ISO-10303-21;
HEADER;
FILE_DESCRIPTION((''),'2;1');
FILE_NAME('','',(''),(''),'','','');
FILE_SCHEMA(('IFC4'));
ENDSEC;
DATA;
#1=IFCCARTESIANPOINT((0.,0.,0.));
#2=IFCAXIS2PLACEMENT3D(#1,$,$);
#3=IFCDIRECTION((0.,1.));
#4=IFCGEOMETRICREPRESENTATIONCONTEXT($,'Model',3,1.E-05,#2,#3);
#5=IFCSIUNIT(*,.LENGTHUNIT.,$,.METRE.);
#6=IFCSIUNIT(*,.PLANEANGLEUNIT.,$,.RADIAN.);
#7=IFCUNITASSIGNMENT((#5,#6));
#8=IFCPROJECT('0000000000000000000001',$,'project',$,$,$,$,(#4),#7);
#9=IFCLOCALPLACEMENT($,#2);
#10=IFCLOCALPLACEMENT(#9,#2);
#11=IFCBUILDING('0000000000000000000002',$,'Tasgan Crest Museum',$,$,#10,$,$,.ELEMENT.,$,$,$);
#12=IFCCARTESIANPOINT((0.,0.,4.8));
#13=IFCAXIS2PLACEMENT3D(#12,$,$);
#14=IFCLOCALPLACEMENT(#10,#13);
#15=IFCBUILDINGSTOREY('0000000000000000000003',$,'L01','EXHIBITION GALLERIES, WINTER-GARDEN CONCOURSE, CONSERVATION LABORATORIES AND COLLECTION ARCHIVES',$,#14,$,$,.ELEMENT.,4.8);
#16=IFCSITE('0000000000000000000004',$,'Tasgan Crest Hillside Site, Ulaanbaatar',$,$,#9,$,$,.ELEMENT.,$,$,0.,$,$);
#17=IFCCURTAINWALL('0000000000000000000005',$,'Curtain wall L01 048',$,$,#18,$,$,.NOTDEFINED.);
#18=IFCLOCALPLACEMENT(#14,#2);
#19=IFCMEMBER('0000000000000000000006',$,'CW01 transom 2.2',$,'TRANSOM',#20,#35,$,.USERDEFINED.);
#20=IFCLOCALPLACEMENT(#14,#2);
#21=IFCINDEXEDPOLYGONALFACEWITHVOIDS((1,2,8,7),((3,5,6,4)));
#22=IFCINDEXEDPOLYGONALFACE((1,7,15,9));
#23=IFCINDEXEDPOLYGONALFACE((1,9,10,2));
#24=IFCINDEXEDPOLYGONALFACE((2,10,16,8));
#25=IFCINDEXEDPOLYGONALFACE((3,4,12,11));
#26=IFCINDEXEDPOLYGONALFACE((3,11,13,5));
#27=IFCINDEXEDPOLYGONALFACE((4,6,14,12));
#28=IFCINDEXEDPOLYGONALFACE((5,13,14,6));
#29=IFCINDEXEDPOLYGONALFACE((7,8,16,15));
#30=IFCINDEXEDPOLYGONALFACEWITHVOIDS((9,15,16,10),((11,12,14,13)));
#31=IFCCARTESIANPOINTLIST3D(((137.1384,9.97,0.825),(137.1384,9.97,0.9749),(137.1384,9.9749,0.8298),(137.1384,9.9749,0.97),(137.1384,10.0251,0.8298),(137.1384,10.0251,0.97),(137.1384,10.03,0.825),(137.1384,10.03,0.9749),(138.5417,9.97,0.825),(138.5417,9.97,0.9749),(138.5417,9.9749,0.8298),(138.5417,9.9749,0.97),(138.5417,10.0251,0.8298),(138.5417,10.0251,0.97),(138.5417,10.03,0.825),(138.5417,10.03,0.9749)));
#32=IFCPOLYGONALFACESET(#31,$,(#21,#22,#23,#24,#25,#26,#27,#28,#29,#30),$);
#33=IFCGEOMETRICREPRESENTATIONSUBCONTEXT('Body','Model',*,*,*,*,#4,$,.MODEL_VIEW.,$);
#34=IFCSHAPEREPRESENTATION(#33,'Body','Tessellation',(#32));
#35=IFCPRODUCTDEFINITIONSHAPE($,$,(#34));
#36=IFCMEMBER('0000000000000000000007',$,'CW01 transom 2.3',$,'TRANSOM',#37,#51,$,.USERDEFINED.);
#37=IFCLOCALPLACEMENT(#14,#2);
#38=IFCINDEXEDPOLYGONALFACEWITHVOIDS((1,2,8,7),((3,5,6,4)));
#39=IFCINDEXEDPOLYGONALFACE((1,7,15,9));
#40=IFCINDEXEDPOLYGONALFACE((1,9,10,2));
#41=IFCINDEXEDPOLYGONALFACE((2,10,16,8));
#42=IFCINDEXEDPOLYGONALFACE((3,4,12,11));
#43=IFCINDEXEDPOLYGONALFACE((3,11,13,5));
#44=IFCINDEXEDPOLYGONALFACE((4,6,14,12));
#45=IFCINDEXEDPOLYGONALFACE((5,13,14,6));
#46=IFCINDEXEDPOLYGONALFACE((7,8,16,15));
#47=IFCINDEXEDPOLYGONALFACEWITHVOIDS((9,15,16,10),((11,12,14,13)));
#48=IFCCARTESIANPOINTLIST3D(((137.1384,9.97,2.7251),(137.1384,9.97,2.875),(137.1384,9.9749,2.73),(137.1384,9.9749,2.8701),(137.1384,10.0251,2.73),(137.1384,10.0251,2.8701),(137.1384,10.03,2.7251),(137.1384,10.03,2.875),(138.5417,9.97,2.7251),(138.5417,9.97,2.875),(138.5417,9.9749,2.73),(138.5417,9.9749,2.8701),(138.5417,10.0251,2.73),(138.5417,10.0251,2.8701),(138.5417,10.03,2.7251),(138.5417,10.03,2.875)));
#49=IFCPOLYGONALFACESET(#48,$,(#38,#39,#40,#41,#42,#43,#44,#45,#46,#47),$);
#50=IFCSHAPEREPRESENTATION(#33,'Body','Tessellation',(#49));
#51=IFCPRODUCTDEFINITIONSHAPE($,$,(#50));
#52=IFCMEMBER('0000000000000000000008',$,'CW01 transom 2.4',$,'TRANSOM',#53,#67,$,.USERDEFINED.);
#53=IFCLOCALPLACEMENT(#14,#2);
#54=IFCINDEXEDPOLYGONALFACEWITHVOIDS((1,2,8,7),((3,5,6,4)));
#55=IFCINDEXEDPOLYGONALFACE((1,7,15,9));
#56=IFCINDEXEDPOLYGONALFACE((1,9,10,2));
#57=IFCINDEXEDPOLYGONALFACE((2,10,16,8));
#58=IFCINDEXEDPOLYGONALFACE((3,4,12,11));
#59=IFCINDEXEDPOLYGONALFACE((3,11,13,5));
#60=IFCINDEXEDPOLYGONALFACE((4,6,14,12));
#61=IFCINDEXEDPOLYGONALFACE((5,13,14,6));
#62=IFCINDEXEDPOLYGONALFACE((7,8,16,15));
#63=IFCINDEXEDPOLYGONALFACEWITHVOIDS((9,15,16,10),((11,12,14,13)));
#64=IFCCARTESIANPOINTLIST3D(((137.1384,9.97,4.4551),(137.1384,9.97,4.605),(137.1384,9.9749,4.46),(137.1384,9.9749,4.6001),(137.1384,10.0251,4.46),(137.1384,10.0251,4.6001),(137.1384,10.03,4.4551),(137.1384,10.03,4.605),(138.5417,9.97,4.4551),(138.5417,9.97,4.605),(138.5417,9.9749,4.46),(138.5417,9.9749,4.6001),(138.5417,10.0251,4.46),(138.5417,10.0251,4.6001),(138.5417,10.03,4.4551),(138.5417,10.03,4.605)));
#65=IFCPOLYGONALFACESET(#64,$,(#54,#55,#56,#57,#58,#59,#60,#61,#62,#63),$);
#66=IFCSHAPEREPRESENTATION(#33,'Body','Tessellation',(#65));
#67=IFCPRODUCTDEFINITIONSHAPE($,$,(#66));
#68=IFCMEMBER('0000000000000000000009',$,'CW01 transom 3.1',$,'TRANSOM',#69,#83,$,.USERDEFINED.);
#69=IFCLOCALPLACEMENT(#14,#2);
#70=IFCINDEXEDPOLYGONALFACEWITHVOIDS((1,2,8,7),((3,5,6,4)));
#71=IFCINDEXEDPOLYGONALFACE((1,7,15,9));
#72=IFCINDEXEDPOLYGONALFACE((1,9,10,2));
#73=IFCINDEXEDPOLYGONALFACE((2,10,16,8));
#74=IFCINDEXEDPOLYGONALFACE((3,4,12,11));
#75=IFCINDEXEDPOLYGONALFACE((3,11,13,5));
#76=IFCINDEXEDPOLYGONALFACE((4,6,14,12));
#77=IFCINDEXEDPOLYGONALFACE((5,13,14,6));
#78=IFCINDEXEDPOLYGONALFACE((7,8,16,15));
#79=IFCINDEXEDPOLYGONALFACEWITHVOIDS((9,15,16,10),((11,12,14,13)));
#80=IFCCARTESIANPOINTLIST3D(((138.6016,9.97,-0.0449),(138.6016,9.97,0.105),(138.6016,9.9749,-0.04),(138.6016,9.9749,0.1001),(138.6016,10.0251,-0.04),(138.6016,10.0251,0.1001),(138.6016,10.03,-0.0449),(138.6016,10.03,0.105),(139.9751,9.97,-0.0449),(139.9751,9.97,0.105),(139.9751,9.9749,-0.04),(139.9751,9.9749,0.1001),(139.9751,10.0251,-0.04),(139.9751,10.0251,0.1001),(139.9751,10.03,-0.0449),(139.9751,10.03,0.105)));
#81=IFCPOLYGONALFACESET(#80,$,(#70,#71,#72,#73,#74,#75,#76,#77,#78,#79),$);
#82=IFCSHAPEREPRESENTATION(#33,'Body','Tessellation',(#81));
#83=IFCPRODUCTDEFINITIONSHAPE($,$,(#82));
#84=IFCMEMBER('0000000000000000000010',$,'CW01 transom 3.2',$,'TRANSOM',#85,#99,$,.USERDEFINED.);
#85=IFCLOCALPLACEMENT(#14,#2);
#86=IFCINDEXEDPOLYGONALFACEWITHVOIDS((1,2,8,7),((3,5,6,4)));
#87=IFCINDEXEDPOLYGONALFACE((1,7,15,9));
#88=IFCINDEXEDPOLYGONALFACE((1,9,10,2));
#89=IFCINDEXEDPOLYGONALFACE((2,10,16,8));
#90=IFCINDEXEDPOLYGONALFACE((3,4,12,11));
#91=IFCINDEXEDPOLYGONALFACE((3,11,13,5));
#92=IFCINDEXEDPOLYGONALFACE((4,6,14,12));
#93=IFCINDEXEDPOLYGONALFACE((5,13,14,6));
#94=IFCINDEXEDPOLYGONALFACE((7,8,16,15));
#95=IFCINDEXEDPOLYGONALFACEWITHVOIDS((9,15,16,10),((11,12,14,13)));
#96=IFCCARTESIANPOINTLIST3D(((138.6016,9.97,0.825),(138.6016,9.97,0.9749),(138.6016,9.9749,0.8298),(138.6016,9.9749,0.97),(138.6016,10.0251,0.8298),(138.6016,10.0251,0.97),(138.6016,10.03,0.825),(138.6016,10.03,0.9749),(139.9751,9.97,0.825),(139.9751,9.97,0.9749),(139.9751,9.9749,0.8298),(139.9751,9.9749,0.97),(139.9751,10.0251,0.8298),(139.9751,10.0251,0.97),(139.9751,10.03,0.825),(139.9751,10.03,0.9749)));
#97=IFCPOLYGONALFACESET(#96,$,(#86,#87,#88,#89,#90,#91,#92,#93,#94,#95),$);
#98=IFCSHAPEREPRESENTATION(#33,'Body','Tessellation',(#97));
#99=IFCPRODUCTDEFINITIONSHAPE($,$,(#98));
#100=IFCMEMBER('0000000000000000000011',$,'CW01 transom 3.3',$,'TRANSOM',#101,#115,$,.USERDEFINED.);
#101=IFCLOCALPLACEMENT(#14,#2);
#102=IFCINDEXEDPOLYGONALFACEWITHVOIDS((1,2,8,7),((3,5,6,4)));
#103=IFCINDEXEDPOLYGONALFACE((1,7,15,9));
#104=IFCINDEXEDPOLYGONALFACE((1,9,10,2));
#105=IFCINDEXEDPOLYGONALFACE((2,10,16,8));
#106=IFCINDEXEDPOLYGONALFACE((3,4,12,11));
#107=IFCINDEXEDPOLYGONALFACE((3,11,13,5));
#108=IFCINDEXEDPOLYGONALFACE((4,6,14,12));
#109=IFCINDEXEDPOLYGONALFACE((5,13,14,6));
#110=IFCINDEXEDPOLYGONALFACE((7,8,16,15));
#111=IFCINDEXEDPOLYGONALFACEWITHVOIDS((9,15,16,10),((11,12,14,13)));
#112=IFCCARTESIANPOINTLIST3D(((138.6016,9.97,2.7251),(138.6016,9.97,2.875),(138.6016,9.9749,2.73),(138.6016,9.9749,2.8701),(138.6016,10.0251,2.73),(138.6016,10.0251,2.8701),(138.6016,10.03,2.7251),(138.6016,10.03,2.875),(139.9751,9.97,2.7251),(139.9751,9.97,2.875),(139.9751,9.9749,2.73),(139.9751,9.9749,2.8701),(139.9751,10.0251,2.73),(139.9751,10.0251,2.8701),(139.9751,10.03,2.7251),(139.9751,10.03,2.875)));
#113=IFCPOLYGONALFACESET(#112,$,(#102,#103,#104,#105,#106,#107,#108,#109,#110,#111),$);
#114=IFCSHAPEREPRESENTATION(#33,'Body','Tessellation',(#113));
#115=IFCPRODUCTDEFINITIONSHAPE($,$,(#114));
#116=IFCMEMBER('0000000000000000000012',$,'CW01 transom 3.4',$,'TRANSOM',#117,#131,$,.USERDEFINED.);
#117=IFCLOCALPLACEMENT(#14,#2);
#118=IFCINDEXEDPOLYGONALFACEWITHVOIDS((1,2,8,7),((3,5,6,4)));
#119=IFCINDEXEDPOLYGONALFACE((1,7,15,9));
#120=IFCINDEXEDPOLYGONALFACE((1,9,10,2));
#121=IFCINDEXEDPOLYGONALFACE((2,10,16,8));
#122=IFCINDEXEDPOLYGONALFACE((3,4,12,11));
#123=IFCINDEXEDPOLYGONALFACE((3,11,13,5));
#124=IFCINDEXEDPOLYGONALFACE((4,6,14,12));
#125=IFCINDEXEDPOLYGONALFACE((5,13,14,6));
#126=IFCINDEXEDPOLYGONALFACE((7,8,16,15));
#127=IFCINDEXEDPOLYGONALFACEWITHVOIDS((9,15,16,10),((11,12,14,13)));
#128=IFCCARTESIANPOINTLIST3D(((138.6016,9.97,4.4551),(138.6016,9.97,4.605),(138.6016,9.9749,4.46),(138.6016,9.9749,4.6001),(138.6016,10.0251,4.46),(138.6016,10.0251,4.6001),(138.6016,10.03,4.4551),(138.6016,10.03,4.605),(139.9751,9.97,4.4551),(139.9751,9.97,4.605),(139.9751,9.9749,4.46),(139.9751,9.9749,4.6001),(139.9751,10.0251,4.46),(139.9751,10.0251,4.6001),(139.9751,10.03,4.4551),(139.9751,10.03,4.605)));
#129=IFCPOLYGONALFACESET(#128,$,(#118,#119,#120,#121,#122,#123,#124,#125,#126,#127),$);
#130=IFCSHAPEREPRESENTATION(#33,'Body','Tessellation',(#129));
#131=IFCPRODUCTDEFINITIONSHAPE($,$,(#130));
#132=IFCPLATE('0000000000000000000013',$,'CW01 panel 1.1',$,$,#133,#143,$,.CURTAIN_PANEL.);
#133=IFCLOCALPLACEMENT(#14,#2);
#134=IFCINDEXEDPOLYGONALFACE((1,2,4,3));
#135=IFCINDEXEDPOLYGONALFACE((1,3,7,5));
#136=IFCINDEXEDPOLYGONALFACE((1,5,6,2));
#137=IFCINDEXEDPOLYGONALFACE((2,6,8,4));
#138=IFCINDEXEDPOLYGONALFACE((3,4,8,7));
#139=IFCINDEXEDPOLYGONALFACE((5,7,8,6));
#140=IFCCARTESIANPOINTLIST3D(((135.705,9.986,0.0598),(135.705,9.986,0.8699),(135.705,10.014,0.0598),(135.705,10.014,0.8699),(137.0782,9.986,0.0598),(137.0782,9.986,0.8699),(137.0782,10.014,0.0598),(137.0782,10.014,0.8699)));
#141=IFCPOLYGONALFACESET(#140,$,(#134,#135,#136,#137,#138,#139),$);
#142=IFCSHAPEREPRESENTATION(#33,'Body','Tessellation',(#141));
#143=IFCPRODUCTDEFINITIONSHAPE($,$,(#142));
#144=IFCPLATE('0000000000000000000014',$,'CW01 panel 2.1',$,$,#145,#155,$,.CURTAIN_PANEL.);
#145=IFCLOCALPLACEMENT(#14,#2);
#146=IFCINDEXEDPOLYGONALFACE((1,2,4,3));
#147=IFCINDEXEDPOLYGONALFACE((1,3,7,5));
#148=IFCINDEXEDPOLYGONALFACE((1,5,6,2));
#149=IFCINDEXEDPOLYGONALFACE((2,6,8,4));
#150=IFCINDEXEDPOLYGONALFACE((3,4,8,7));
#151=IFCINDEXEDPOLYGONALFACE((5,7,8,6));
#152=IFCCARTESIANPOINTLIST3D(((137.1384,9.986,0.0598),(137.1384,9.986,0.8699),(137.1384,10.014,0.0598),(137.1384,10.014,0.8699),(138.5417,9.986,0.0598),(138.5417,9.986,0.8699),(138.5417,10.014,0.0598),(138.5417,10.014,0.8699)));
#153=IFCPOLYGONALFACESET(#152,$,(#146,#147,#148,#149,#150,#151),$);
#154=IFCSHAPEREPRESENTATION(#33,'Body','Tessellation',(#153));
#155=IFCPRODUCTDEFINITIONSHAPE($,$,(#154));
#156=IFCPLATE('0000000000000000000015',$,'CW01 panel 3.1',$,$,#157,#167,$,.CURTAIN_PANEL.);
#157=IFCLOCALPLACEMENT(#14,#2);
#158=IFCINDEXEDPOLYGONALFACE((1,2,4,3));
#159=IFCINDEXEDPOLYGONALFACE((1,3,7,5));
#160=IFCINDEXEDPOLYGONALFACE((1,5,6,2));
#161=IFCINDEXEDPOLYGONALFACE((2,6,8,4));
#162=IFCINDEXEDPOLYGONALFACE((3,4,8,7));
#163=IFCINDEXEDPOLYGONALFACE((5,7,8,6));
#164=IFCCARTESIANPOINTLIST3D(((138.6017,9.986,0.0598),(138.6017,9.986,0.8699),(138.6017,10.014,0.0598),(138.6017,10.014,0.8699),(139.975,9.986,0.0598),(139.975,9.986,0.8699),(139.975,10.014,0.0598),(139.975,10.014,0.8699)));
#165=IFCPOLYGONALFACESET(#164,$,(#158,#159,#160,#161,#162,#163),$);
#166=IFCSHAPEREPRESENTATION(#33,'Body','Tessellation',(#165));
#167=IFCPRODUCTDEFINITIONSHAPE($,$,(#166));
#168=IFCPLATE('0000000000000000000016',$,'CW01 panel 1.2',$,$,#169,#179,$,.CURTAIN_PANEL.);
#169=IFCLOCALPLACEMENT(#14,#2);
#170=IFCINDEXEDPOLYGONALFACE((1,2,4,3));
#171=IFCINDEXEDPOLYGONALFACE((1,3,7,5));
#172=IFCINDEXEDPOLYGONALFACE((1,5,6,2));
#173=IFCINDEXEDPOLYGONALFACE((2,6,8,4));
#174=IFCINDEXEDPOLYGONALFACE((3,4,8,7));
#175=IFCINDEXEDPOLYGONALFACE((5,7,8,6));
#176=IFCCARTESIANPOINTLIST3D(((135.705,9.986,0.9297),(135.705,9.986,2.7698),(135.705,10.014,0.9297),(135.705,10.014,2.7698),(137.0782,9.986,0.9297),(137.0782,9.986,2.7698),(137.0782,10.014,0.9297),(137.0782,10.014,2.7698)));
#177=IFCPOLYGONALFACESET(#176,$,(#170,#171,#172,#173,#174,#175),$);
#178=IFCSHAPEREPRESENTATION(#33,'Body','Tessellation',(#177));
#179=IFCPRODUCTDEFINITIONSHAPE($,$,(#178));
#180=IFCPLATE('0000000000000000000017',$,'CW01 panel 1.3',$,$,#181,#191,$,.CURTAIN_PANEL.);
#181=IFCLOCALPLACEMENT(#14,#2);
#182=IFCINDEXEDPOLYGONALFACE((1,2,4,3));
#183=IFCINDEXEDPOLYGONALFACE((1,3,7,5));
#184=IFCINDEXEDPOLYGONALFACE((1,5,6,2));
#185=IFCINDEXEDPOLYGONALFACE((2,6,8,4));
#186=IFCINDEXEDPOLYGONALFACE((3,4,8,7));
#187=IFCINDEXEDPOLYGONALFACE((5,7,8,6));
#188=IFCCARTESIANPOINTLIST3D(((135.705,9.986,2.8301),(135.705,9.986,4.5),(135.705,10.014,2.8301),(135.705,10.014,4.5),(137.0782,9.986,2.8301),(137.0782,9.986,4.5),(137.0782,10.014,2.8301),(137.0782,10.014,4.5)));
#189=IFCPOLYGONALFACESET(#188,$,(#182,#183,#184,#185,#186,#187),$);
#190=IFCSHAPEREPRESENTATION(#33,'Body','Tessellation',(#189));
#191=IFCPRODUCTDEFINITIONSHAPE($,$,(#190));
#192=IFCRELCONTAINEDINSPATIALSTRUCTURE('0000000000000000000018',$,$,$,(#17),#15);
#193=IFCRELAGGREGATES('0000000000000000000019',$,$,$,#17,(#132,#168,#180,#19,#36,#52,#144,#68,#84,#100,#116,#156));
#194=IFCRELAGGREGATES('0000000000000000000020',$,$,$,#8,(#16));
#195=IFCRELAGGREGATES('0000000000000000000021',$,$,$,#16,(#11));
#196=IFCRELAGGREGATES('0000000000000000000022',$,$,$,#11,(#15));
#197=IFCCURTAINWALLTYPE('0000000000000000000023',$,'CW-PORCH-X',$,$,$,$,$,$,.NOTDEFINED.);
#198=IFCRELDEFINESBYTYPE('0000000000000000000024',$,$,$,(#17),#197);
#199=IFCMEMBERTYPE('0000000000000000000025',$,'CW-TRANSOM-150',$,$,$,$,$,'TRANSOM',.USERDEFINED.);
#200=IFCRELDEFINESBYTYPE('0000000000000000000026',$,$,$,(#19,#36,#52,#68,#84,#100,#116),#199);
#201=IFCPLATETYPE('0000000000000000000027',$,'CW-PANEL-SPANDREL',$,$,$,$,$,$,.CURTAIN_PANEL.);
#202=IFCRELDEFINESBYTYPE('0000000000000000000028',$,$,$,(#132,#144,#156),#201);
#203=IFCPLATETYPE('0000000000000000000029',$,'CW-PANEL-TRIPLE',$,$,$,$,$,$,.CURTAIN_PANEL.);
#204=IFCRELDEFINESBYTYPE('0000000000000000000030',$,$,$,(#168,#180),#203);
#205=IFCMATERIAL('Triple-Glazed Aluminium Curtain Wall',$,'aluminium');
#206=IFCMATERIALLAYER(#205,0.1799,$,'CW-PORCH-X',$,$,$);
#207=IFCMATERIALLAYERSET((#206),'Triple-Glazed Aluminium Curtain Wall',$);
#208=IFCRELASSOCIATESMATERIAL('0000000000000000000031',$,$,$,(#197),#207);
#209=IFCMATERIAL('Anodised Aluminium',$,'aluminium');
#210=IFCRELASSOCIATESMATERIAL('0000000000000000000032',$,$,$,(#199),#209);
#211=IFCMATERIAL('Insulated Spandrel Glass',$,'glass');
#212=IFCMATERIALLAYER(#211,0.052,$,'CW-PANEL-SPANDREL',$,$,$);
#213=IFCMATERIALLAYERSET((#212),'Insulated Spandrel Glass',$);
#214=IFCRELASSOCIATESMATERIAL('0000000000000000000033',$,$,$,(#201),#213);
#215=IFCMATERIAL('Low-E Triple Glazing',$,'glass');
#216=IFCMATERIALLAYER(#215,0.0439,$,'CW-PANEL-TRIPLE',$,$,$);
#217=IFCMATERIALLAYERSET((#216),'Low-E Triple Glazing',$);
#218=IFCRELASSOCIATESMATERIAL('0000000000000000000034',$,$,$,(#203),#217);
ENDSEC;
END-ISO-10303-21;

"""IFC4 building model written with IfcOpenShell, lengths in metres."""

from ifc_helpers import new_model, si_unit, direction, frame, origin, origin_2d, place, context, subcontext, project, spatial, rectangle, hollow_rectangle, extrude, material, layer, layer_set, material_profile, profile_set, type_object, element, aggregate, save


model = new_model("IFC4")

# Units and contexts
model_context = context("Model", 3, precision=1e-05, world=origin(), true_north=direction((0.0, 1.0)))
body_context = subcontext(model_context, "Body", "Model", "MODEL_VIEW")
ifc_project = project(units=[si_unit("LENGTHUNIT", "METRE"), si_unit("PLANEANGLEUNIT", "RADIAN")], contexts=[model_context])

# Site, building, storey
site_placement = place(None, origin())
site = spatial("IfcSite", under=ifc_project, at=site_placement, Name="Tasgan Crest Hillside Site, Ulaanbaatar", CompositionType="ELEMENT", RefElevation=0.0)
building_placement = place(site_placement, origin())
building = spatial("IfcBuilding", under=site, at=building_placement, Name="Tasgan Crest Museum", CompositionType="ELEMENT")
storey_placement = place(building_placement, frame((0.0, 0.0, 4.8)))
storey = spatial("IfcBuildingStorey", under=building, at=storey_placement, Name="L01", Description="EXHIBITION GALLERIES, WINTER-GARDEN CONCOURSE, CONSERVATION LABORATORIES AND COLLECTION ARCHIVES", CompositionType="ELEMENT", Elevation=4.8)

# Curtain wall, members, plates
ifc_material_1 = material(Name="Triple-Glazed Aluminium Curtain Wall", Category="aluminium")
ifc_layer_1 = layer(ifc_material_1, 0.1799, Name="CW-PORCH-X")
ifc_layer_set_1 = layer_set([ifc_layer_1], Name="Triple-Glazed Aluminium Curtain Wall")
curtain_wall_type = type_object("IfcCurtainWallType", Name="CW-PORCH-X", PredefinedType="NOTDEFINED", material=ifc_layer_set_1)
curtain_wall_placement = place(storey_placement, origin())
curtain_wall = element("IfcCurtainWall", 1, at=curtain_wall_placement, inside=storey, type_object=curtain_wall_type, Name="Curtain wall L01 048", PredefinedType="NOTDEFINED")
ifc_material_2 = material(Name="Anodised Aluminium", Category="aluminium")
ifc_material_profile_1 = material_profile(ifc_material_2, hollow_rectangle(XDim=0.0601, YDim=0.1499, WallThickness=0.0049, at=origin_2d()), Name="ALU TRANSOM 150x60x5")
ifc_profile_set_1 = profile_set([ifc_material_profile_1], Name="Anodised Aluminium")
member_type_1 = type_object("IfcMemberType", Name="CW-TRANSOM-150", ElementType="TRANSOM", PredefinedType="USERDEFINED", material=ifc_profile_set_1)
member_1_placement = place(storey_placement, frame((137.1384, 10.0, 0.8999), z_axis=(1.0, 0.0, 0.0), x_axis=(0.0, 1.0, 0.0)))
member_1 = element("IfcMember", 2, at=member_1_placement, type_object=member_type_1, Name="CW01 transom 2.2", ObjectType="TRANSOM", PredefinedType="USERDEFINED", context=body_context, shape_type="SweptSolid", body=[
    extrude(hollow_rectangle(XDim=0.0601, YDim=0.1499, WallThickness=0.0049, at=origin_2d()), origin(), (0.0, 0.0, 1.0), 1.4033),
])
member_2_placement = place(storey_placement, frame((137.1384, 10.0, 2.8), z_axis=(1.0, 0.0, 0.0), x_axis=(0.0, 1.0, 0.0)))
member_2 = element("IfcMember", 3, at=member_2_placement, type_object=member_type_1, Name="CW01 transom 2.3", ObjectType="TRANSOM", PredefinedType="USERDEFINED", context=body_context, shape_type="SweptSolid", body=[
    extrude(hollow_rectangle(XDim=0.0601, YDim=0.1499, WallThickness=0.0049, at=origin_2d()), origin(), (0.0, 0.0, 1.0), 1.4033),
])
member_3_placement = place(storey_placement, frame((137.1384, 10.0, 4.53), z_axis=(1.0, 0.0, 0.0), x_axis=(0.0, 1.0, 0.0)))
member_3 = element("IfcMember", 4, at=member_3_placement, type_object=member_type_1, Name="CW01 transom 2.4", ObjectType="TRANSOM", PredefinedType="USERDEFINED", context=body_context, shape_type="SweptSolid", body=[
    extrude(hollow_rectangle(XDim=0.0601, YDim=0.1499, WallThickness=0.0049, at=origin_2d()), origin(), (0.0, 0.0, 1.0), 1.4033),
])
member_4_placement = place(storey_placement, frame((138.6016, 10.0, 0.03), z_axis=(1.0, 0.0, 0.0), x_axis=(0.0, 1.0, 0.0)))
member_4 = element("IfcMember", 5, at=member_4_placement, type_object=member_type_1, Name="CW01 transom 3.1", ObjectType="TRANSOM", PredefinedType="USERDEFINED", context=body_context, shape_type="SweptSolid", body=[
    extrude(hollow_rectangle(XDim=0.0601, YDim=0.1499, WallThickness=0.0049, at=origin_2d()), origin(), (0.0, 0.0, 1.0), 1.3735),
])
member_5_placement = place(storey_placement, frame((138.6016, 10.0, 0.8999), z_axis=(1.0, 0.0, 0.0), x_axis=(0.0, 1.0, 0.0)))
member_5 = element("IfcMember", 6, at=member_5_placement, type_object=member_type_1, Name="CW01 transom 3.2", ObjectType="TRANSOM", PredefinedType="USERDEFINED", context=body_context, shape_type="SweptSolid", body=[
    extrude(hollow_rectangle(XDim=0.0601, YDim=0.1499, WallThickness=0.0049, at=origin_2d()), origin(), (0.0, 0.0, 1.0), 1.3735),
])
member_6_placement = place(storey_placement, frame((138.6016, 10.0, 2.8), z_axis=(1.0, 0.0, 0.0), x_axis=(0.0, 1.0, 0.0)))
member_6 = element("IfcMember", 7, at=member_6_placement, type_object=member_type_1, Name="CW01 transom 3.3", ObjectType="TRANSOM", PredefinedType="USERDEFINED", context=body_context, shape_type="SweptSolid", body=[
    extrude(hollow_rectangle(XDim=0.0601, YDim=0.1499, WallThickness=0.0049, at=origin_2d()), origin(), (0.0, 0.0, 1.0), 1.3735),
])
member_7_placement = place(storey_placement, frame((138.6016, 10.0, 4.53), z_axis=(1.0, 0.0, 0.0), x_axis=(0.0, 1.0, 0.0)))
member_7 = element("IfcMember", 8, at=member_7_placement, type_object=member_type_1, Name="CW01 transom 3.4", ObjectType="TRANSOM", PredefinedType="USERDEFINED", context=body_context, shape_type="SweptSolid", body=[
    extrude(hollow_rectangle(XDim=0.0601, YDim=0.1499, WallThickness=0.0049, at=origin_2d()), origin(), (0.0, 0.0, 1.0), 1.3735),
])
ifc_material_3 = material(Name="Insulated Spandrel Glass", Category="glass")
ifc_layer_2 = layer(ifc_material_3, 0.052, Name="CW-PANEL-SPANDREL")
ifc_layer_set_2 = layer_set([ifc_layer_2], Name="Insulated Spandrel Glass")
plate_type_1 = type_object("IfcPlateType", Name="CW-PANEL-SPANDREL", PredefinedType="CURTAIN_PANEL", material=ifc_layer_set_2)
plate_1_placement = place(storey_placement, frame((136.3916, 10.0, 0.0598), z_axis=(0.0, 0.0, 1.0), x_axis=(1.0, 0.0, 0.0)))
plate_1 = element("IfcPlate", 9, at=plate_1_placement, type_object=plate_type_1, Name="CW01 panel 1.1", PredefinedType="CURTAIN_PANEL", context=body_context, shape_type="SweptSolid", body=[
    extrude(rectangle(XDim=1.3733, YDim=0.0281, at=origin_2d()), origin(), (0.0, 0.0, 1.0), 0.8101),
])
plate_2_placement = place(storey_placement, frame((137.8401, 10.0, 0.0598), z_axis=(0.0, 0.0, 1.0), x_axis=(1.0, 0.0, 0.0)))
plate_2 = element("IfcPlate", 10, at=plate_2_placement, type_object=plate_type_1, Name="CW01 panel 2.1", PredefinedType="CURTAIN_PANEL", context=body_context, shape_type="SweptSolid", body=[
    extrude(rectangle(XDim=1.4033, YDim=0.0281, at=origin_2d()), origin(), (0.0, 0.0, 1.0), 0.8101),
])
plate_3_placement = place(storey_placement, frame((139.2883, 10.0, 0.0598), z_axis=(0.0, 0.0, 1.0), x_axis=(1.0, 0.0, 0.0)))
plate_3 = element("IfcPlate", 11, at=plate_3_placement, type_object=plate_type_1, Name="CW01 panel 3.1", PredefinedType="CURTAIN_PANEL", context=body_context, shape_type="SweptSolid", body=[
    extrude(rectangle(XDim=1.3733, YDim=0.0281, at=origin_2d()), origin(), (0.0, 0.0, 1.0), 0.8101),
])
ifc_material_4 = material(Name="Low-E Triple Glazing", Category="glass")
ifc_layer_3 = layer(ifc_material_4, 0.0439, Name="CW-PANEL-TRIPLE")
ifc_layer_set_3 = layer_set([ifc_layer_3], Name="Low-E Triple Glazing")
plate_type_2 = type_object("IfcPlateType", Name="CW-PANEL-TRIPLE", PredefinedType="CURTAIN_PANEL", material=ifc_layer_set_3)
plate_4_placement = place(storey_placement, frame((136.3916, 10.0, 0.9297), z_axis=(0.0, 0.0, 1.0), x_axis=(1.0, 0.0, 0.0)))
plate_4 = element("IfcPlate", 12, at=plate_4_placement, type_object=plate_type_2, Name="CW01 panel 1.2", PredefinedType="CURTAIN_PANEL", context=body_context, shape_type="SweptSolid", body=[
    extrude(rectangle(XDim=1.3733, YDim=0.0281, at=origin_2d()), origin(), (0.0, 0.0, 1.0), 1.8401),
])
plate_5_placement = place(storey_placement, frame((136.3916, 10.0, 2.8301), z_axis=(0.0, 0.0, 1.0), x_axis=(1.0, 0.0, 0.0)))
plate_5 = element("IfcPlate", 13, at=plate_5_placement, type_object=plate_type_2, Name="CW01 panel 1.3", PredefinedType="CURTAIN_PANEL", context=body_context, shape_type="SweptSolid", body=[
    extrude(rectangle(XDim=1.3733, YDim=0.0281, at=origin_2d()), origin(), (0.0, 0.0, 1.0), 1.6699),
])
aggregate(curtain_wall, [plate_1, plate_4, plate_5, member_1, member_2, member_3, plate_2, member_4, member_5, member_6, member_7, plate_3])

save(model, "model.ifc")
